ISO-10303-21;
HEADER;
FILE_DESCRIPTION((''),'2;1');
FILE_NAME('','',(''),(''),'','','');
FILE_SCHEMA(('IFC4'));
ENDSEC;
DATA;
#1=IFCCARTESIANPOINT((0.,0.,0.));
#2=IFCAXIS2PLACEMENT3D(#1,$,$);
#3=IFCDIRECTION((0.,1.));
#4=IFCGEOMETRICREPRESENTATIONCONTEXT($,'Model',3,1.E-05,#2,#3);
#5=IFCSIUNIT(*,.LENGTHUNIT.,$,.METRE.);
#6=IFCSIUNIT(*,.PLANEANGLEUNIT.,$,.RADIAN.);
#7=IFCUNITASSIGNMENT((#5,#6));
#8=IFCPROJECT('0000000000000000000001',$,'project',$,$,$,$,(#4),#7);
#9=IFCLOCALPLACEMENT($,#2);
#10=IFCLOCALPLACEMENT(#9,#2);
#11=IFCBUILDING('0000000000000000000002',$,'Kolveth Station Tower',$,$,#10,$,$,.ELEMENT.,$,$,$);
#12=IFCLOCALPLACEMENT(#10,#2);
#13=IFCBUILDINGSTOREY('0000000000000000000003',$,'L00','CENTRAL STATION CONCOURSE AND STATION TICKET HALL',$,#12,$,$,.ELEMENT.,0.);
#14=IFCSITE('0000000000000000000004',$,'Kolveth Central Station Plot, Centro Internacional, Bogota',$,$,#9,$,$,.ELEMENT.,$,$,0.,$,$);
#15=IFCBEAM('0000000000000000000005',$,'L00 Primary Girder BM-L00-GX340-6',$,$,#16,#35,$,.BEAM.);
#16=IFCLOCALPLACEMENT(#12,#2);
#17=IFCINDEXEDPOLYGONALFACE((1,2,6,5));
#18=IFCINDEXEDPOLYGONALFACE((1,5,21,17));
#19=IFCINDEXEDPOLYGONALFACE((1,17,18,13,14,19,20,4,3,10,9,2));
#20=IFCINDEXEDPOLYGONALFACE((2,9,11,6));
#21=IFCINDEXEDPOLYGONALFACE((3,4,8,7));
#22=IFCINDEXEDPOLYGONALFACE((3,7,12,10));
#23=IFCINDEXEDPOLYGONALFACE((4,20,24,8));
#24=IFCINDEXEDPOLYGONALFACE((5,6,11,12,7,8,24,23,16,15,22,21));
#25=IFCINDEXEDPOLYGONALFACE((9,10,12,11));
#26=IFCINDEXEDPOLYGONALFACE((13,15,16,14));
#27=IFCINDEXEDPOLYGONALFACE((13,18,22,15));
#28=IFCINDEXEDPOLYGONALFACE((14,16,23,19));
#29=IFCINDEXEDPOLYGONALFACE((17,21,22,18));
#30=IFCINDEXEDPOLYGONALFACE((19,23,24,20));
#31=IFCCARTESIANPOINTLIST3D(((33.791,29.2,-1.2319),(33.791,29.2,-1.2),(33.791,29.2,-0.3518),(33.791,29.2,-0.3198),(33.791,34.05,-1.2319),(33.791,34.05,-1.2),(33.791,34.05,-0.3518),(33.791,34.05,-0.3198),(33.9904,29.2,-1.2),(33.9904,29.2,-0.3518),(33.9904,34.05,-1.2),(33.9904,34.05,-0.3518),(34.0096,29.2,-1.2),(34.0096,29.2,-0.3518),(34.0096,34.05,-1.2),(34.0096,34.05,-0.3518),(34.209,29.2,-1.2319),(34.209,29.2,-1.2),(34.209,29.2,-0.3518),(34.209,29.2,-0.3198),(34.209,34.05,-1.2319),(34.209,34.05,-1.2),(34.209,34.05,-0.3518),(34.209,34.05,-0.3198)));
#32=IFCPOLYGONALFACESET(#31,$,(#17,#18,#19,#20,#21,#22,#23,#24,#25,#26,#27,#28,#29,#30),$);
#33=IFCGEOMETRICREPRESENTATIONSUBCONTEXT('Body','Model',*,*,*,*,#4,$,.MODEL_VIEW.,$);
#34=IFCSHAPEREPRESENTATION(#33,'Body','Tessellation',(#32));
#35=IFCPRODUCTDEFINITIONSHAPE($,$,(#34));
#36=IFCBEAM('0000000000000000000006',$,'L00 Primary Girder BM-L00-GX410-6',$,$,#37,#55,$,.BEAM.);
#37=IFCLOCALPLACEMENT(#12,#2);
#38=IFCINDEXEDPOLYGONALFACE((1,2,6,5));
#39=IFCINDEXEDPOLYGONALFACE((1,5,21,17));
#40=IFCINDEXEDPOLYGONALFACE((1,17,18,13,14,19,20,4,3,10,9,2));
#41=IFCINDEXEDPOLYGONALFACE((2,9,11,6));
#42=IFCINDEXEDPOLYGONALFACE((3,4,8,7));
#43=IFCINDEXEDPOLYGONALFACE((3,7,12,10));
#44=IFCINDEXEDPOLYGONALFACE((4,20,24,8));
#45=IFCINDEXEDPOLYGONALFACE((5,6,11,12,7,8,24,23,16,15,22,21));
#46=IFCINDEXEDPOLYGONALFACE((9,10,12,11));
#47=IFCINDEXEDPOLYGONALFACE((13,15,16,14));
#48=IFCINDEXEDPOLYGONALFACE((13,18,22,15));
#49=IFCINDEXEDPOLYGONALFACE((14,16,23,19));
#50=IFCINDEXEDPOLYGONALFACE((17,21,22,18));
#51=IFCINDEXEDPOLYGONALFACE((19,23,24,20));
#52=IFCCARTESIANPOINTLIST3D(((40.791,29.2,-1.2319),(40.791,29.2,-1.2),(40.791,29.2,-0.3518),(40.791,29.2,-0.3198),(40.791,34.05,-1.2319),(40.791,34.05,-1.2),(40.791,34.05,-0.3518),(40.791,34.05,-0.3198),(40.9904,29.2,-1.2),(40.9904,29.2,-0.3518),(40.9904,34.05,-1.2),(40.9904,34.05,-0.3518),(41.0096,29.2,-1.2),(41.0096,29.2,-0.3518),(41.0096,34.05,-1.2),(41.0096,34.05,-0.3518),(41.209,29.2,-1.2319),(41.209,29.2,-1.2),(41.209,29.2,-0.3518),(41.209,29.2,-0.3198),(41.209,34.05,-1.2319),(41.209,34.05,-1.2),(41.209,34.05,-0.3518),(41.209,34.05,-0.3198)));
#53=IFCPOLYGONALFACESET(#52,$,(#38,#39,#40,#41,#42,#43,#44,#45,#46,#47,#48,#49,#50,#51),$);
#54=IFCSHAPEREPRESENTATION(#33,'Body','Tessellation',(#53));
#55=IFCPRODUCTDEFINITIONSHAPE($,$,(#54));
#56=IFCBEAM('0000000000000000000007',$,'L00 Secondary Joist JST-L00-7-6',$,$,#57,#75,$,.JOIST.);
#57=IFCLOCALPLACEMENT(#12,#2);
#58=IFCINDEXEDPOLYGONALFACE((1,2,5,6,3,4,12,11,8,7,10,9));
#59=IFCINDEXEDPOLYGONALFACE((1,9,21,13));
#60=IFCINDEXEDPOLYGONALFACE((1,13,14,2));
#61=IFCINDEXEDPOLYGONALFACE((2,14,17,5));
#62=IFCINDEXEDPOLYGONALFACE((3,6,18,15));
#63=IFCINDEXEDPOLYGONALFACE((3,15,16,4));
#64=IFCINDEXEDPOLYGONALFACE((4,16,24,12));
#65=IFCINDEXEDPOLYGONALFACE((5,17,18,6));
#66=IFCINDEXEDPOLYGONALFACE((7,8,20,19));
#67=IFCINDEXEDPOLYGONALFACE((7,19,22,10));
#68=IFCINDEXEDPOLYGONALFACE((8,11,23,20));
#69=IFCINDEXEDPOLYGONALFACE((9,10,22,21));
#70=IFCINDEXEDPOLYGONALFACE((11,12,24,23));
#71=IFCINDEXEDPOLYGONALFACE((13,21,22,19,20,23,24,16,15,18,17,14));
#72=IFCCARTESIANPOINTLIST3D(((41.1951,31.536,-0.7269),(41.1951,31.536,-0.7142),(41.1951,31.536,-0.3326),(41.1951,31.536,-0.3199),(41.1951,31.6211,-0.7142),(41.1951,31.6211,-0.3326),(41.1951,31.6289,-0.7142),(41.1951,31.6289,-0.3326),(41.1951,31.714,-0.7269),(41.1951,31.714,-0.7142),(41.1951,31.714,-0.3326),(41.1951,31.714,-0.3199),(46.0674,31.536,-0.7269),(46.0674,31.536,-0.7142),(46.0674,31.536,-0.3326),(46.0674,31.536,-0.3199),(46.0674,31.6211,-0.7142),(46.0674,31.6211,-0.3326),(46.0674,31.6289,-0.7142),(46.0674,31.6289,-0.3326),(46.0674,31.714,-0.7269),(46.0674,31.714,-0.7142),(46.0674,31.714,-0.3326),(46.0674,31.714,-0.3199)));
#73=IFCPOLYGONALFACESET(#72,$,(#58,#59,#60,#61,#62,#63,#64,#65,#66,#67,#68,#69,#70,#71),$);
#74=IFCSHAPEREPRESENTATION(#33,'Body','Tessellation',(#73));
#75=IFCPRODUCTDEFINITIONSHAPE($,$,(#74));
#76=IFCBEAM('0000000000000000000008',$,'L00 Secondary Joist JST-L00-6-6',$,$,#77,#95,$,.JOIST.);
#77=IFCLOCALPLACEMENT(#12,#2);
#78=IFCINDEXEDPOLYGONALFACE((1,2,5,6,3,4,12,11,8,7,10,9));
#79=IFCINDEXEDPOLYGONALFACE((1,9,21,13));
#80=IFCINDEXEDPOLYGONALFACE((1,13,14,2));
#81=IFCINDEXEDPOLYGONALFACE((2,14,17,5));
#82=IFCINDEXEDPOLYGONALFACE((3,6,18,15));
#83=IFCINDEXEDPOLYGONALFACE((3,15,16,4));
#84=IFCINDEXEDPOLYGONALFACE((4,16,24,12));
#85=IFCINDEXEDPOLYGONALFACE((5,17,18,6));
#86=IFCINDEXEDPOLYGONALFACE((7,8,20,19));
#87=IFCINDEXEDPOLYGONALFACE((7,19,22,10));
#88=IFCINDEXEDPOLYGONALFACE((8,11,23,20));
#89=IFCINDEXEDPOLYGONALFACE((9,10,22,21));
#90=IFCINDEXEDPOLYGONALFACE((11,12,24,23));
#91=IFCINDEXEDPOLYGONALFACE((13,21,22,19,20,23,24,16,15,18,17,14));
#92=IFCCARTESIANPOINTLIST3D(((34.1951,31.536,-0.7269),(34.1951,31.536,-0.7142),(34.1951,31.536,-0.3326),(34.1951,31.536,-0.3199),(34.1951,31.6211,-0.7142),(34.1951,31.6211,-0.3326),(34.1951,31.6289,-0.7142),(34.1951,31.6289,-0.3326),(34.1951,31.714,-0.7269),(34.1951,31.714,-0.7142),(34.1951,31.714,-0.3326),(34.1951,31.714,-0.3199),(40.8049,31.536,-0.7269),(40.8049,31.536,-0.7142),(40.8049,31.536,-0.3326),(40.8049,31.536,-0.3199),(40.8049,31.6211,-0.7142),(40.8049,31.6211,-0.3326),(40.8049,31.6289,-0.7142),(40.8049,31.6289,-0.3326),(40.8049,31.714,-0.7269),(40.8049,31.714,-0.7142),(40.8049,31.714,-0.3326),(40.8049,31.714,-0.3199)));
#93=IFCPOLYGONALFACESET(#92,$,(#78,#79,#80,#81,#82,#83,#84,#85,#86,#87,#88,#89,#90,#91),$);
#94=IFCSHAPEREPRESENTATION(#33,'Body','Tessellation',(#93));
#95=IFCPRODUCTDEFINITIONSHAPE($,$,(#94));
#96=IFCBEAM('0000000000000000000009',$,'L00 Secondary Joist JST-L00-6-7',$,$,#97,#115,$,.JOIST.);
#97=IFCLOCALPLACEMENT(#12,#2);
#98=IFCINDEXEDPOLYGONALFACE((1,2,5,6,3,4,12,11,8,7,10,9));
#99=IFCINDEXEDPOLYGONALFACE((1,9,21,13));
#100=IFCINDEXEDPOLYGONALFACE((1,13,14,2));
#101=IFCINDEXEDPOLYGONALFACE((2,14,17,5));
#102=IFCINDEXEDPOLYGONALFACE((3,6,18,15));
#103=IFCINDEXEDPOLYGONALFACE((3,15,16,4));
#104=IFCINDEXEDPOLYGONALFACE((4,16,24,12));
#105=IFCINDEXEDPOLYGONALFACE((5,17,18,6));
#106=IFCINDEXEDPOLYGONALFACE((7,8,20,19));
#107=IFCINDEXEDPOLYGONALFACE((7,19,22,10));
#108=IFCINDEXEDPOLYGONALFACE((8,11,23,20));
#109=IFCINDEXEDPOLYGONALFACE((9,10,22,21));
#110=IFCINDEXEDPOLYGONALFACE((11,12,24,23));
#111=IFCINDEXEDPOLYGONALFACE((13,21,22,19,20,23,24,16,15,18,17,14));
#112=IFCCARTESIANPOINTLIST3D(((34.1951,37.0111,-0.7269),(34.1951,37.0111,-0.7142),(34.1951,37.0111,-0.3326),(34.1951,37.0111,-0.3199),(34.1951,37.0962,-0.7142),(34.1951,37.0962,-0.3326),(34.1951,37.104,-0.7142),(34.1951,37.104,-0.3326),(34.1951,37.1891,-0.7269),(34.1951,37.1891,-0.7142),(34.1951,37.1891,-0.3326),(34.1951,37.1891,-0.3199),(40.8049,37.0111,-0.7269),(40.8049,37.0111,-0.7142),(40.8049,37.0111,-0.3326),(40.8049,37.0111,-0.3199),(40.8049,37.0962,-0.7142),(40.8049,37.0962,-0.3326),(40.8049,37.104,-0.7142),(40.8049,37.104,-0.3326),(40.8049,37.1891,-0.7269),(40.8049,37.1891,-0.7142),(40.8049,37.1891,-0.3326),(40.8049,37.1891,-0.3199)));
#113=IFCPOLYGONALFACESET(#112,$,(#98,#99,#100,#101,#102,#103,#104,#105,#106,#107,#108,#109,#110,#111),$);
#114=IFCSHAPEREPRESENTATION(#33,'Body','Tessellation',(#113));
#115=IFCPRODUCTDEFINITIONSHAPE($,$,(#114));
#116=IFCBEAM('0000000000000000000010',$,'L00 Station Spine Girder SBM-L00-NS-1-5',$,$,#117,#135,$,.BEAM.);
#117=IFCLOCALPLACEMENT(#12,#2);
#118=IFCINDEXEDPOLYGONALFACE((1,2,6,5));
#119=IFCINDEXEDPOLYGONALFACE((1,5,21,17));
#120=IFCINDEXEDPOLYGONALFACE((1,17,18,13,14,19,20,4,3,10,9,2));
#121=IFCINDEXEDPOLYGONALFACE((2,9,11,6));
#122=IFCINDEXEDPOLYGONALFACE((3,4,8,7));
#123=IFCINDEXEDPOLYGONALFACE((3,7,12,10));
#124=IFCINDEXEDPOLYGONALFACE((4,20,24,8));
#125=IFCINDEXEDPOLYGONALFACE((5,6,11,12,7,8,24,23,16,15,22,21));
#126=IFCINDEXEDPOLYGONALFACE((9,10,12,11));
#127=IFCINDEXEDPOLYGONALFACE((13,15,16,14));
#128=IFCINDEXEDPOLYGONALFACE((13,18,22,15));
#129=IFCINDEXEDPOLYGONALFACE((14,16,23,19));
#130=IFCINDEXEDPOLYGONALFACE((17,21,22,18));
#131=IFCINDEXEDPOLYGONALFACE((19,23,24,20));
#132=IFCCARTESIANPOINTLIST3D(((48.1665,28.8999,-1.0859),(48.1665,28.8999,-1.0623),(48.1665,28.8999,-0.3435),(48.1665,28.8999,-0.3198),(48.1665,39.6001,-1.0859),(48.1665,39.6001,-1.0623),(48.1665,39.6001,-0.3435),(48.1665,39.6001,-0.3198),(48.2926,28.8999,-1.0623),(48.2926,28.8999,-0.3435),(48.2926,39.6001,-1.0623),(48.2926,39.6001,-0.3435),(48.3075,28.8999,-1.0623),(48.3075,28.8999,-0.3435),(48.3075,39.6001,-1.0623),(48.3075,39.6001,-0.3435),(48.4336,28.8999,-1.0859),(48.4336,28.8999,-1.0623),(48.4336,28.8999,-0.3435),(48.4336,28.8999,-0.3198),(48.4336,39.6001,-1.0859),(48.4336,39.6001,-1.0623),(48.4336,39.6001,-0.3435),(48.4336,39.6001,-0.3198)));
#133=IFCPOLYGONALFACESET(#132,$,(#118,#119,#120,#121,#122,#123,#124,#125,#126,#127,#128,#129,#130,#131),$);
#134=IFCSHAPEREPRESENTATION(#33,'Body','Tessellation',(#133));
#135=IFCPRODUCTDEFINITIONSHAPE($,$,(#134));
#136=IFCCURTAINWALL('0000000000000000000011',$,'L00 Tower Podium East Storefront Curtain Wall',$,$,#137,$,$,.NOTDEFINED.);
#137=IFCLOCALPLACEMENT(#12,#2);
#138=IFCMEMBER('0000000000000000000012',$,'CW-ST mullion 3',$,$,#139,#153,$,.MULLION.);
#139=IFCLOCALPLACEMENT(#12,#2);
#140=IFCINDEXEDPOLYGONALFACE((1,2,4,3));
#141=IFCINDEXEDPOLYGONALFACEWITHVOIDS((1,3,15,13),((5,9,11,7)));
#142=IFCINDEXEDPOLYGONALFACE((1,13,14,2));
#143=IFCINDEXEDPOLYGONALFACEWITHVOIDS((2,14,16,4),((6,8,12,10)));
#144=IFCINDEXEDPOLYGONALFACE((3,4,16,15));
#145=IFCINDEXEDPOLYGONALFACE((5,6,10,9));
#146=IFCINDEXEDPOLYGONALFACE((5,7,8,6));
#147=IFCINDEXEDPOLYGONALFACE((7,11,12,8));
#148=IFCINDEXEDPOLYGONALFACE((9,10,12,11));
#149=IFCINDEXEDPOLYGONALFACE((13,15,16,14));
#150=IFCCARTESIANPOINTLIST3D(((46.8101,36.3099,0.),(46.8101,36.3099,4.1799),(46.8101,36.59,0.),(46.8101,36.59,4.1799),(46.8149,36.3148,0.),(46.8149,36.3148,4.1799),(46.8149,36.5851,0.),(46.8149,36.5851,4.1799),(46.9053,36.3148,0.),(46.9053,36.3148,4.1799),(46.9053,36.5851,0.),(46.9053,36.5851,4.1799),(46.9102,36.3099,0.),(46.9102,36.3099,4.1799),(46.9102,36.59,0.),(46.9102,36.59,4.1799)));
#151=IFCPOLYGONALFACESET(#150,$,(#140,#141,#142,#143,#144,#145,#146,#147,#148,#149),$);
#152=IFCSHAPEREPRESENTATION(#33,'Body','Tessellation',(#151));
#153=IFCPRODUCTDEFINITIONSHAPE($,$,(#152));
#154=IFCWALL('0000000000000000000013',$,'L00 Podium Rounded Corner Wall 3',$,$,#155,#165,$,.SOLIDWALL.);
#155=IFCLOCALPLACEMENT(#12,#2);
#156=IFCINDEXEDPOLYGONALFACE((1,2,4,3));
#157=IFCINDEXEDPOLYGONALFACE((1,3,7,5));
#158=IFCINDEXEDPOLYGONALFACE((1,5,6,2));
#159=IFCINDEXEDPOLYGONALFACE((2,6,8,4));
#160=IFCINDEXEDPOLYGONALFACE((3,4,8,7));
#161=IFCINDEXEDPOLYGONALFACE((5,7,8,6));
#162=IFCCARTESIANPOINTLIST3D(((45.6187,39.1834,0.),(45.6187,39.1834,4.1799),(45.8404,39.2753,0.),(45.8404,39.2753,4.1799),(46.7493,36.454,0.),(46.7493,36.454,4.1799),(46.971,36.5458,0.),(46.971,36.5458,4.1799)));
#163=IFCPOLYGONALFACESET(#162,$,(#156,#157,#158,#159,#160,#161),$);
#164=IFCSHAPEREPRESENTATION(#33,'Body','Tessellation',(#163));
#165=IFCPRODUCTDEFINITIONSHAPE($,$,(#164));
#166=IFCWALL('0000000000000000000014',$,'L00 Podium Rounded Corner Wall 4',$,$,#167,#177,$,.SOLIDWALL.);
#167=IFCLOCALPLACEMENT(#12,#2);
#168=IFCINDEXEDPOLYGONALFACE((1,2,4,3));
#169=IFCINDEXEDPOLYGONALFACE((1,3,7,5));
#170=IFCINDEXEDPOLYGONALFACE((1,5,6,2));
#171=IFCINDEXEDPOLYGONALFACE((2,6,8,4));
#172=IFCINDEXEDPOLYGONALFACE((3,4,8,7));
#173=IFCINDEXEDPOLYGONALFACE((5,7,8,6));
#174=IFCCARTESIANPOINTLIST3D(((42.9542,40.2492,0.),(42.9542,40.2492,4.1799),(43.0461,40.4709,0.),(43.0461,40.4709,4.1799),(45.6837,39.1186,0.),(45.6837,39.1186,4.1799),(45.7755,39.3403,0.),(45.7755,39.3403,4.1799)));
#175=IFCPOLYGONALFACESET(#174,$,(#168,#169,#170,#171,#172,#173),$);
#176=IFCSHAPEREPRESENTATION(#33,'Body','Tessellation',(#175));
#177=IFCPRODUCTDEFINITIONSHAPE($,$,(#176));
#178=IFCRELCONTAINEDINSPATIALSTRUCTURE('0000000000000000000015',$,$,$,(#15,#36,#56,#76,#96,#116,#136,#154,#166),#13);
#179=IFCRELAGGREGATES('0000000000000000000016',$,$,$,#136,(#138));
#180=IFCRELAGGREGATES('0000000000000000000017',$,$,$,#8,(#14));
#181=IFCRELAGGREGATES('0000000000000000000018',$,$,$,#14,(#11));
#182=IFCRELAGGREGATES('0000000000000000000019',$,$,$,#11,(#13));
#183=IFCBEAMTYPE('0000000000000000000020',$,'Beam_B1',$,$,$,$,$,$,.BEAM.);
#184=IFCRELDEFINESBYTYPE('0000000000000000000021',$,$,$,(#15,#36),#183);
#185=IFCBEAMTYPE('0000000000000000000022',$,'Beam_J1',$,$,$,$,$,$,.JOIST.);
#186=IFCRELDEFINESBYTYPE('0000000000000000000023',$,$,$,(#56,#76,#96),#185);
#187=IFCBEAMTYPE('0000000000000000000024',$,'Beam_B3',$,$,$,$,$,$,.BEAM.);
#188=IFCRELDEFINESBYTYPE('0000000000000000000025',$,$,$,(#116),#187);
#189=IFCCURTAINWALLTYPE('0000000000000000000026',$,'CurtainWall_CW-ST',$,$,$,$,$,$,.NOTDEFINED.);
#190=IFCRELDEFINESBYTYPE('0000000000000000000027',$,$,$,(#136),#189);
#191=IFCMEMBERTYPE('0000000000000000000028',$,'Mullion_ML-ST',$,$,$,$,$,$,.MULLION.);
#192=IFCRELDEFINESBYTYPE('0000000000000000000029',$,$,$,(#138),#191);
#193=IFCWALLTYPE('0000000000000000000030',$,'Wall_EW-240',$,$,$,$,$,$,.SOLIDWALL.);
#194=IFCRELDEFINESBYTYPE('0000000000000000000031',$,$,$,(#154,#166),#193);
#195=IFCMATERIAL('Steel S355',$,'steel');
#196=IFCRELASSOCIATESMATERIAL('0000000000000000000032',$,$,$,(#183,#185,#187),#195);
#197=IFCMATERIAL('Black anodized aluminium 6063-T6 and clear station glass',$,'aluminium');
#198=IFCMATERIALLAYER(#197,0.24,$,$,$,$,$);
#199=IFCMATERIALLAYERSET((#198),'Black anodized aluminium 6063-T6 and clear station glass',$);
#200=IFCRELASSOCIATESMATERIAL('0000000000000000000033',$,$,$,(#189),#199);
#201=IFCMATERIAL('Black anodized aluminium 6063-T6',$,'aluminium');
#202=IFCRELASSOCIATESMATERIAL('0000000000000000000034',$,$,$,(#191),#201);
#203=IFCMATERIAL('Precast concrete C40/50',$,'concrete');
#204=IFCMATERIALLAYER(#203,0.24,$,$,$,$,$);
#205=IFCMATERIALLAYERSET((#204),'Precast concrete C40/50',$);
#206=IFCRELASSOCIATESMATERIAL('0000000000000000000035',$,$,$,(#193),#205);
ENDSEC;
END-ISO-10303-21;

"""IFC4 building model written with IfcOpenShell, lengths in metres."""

from ifc_helpers import new_model, si_unit, direction, frame, frame_2d, origin, origin_2d, place, context, subcontext, project, spatial, rectangle, hollow_rectangle, i_section, extrude, source, transform, mapped, material, layer, layer_set, material_profile, profile_set, type_object, element, aggregate, save


model = new_model("IFC4")

# Units and contexts
model_context = context("Model", 3, precision=1e-05, world=origin(), true_north=direction((0.0, 1.0)))
body_context = subcontext(model_context, "Body", "Model", "MODEL_VIEW")
ifc_project = project(units=[si_unit("LENGTHUNIT", "METRE"), si_unit("PLANEANGLEUNIT", "RADIAN")], contexts=[model_context])

# Site, building, storey
site_placement = place(None, origin())
site = spatial("IfcSite", under=ifc_project, at=site_placement, Name="Kolveth Central Station Plot, Centro Internacional, Bogota", CompositionType="ELEMENT", RefElevation=0.0)
building_placement = place(site_placement, origin())
building = spatial("IfcBuilding", under=site, at=building_placement, Name="Kolveth Station Tower", CompositionType="ELEMENT")
storey_placement = place(building_placement, origin())
storey = spatial("IfcBuildingStorey", under=building, at=storey_placement, Name="L00", Description="CENTRAL STATION CONCOURSE AND STATION TICKET HALL", CompositionType="ELEMENT", Elevation=0.0)

# Shared definitions
ifc_material_1 = material(Name="Steel S355", Category="steel")

# Beams
ifc_material_profile_1 = material_profile(ifc_material_1, i_section(OverallWidth=0.418, OverallDepth=0.9121, WebThickness=0.0193, FlangeThickness=0.032, at=origin_2d()), Name="W920x342")
ifc_profile_set_1 = profile_set([ifc_material_profile_1], Name="Steel S355")
beam_type_1 = type_object("IfcBeamType", Name="Beam_B1", PredefinedType="BEAM", material=ifc_profile_set_1)
shared_shape_1 = source(origin(), body_context, "Body", "SweptSolid", [
    extrude(i_section(OverallWidth=0.418, OverallDepth=0.9121, WebThickness=0.0193, FlangeThickness=0.032, at=origin_2d()), origin(), (0.0, 0.0, 1.0), 4.8501),
])
for number, where, z_axis, x_axis, name in (
    (1, (34.0, 29.2, -0.7759), (0.0, 1.0, 0.0), (-1.0, 0.0, 0.0), "L00 Primary Girder BM-L00-GX340-6"),
    (2, (41.0, 29.2, -0.7759), (0.0, 1.0, 0.0), (-1.0, 0.0, 0.0), "L00 Primary Girder BM-L00-GX410-6"),
):
    element("IfcBeam", number, at=place(storey_placement, frame(where, z_axis=z_axis, x_axis=x_axis)), inside=storey, type_object=beam_type_1, Name=name, PredefinedType="BEAM", context=body_context, shape_type="MappedRepresentation", body=[
        mapped(shared_shape_1, transform((0.0, 0.0, 0.0), x_axis=(1.0, 0.0, 0.0), y_axis=(0.0, 1.0, 0.0), z_axis=(0.0, 0.0, 1.0), scale=1.0)),
    ])
ifc_material_profile_2 = material_profile(ifc_material_1, i_section(OverallWidth=0.178, OverallDepth=0.407, WebThickness=0.0078, FlangeThickness=0.0127, at=origin_2d()), Name="W410x60")
ifc_profile_set_2 = profile_set([ifc_material_profile_2], Name="Steel S355")
beam_type_2 = type_object("IfcBeamType", Name="Beam_J1", PredefinedType="JOIST", material=ifc_profile_set_2)
shared_shape_2 = source(origin(), body_context, "Body", "SweptSolid", [
    extrude(i_section(OverallWidth=0.178, OverallDepth=0.407, WebThickness=0.0078, FlangeThickness=0.0127, at=origin_2d()), origin(), (0.0, 0.0, 1.0), 4.8723),
])
beam_1_placement = place(storey_placement, frame((41.1951, 31.625, -0.5234), z_axis=(1.0, 0.0, 0.0), x_axis=(0.0, 1.0, 0.0)))
element("IfcBeam", 3, at=beam_1_placement, inside=storey, type_object=beam_type_2, Name="L00 Secondary Joist JST-L00-7-6", PredefinedType="JOIST", context=body_context, shape_type="MappedRepresentation", body=[
    mapped(shared_shape_2, transform((0.0, 0.0, 0.0), x_axis=(1.0, 0.0, 0.0), y_axis=(0.0, 1.0, 0.0), z_axis=(0.0, 0.0, 1.0), scale=1.0)),
])
shared_shape_3 = source(origin(), body_context, "Body", "SweptSolid", [
    extrude(i_section(OverallWidth=0.178, OverallDepth=0.407, WebThickness=0.0078, FlangeThickness=0.0127, at=origin_2d()), origin(), (0.0, 0.0, 1.0), 6.6099),
])
for number, where, z_axis, x_axis, name in (
    (4, (34.1951, 31.625, -0.5234), (1.0, 0.0, 0.0), (0.0, 1.0, 0.0), "L00 Secondary Joist JST-L00-6-6"),
    (5, (34.1951, 37.1001, -0.5234), (1.0, 0.0, 0.0), (0.0, 1.0, 0.0), "L00 Secondary Joist JST-L00-6-7"),
):
    element("IfcBeam", number, at=place(storey_placement, frame(where, z_axis=z_axis, x_axis=x_axis)), inside=storey, type_object=beam_type_2, Name=name, PredefinedType="JOIST", context=body_context, shape_type="MappedRepresentation", body=[
        mapped(shared_shape_3, transform((0.0, 0.0, 0.0), x_axis=(1.0, 0.0, 0.0), y_axis=(0.0, 1.0, 0.0), z_axis=(0.0, 0.0, 1.0), scale=1.0)),
    ])
ifc_material_profile_3 = material_profile(ifc_material_1, i_section(OverallWidth=0.2671, OverallDepth=0.7661, WebThickness=0.0149, FlangeThickness=0.0237, at=origin_2d()), Name="W760x185")
ifc_profile_set_3 = profile_set([ifc_material_profile_3], Name="Steel S355")
beam_type_3 = type_object("IfcBeamType", Name="Beam_B3", PredefinedType="BEAM", material=ifc_profile_set_3)
shared_shape_4 = source(origin(), body_context, "Body", "SweptSolid", [
    extrude(i_section(OverallWidth=0.2671, OverallDepth=0.7661, WebThickness=0.0149, FlangeThickness=0.0237, at=origin_2d()), origin(), (0.0, 0.0, 1.0), 10.7002),
])
beam_2_placement = place(storey_placement, frame((48.3, 28.8999, -0.7029), z_axis=(0.0, 1.0, 0.0), x_axis=(-1.0, 0.0, 0.0)))
element("IfcBeam", 6, at=beam_2_placement, inside=storey, type_object=beam_type_3, Name="L00 Station Spine Girder SBM-L00-NS-1-5", PredefinedType="BEAM", context=body_context, shape_type="MappedRepresentation", body=[
    mapped(shared_shape_4, transform((0.0, 0.0, 0.0), x_axis=(1.0, 0.0, 0.0), y_axis=(0.0, 1.0, 0.0), z_axis=(0.0, 0.0, 1.0), scale=1.0)),
])

# Curtain wall, member
ifc_material_2 = material(Name="Black anodized aluminium 6063-T6 and clear station glass", Category="aluminium")
ifc_layer_1 = layer(ifc_material_2, 0.24)
ifc_layer_set_1 = layer_set([ifc_layer_1], Name="Black anodized aluminium 6063-T6 and clear station glass")
curtain_wall_type = type_object("IfcCurtainWallType", Name="CurtainWall_CW-ST", PredefinedType="NOTDEFINED", material=ifc_layer_set_1)
curtain_wall_placement = place(storey_placement, origin())
curtain_wall = element("IfcCurtainWall", 7, at=curtain_wall_placement, inside=storey, type_object=curtain_wall_type, Name="L00 Tower Podium East Storefront Curtain Wall", PredefinedType="NOTDEFINED")
ifc_material_3 = material(Name="Black anodized aluminium 6063-T6", Category="aluminium")
ifc_material_profile_4 = material_profile(ifc_material_3, hollow_rectangle(XDim=0.1001, YDim=0.28, WallThickness=0.0049, at=origin_2d()), Name="ALU-100x280x5")
ifc_profile_set_4 = profile_set([ifc_material_profile_4], Name="Black anodized aluminium 6063-T6")
member_type = type_object("IfcMemberType", Name="Mullion_ML-ST", PredefinedType="MULLION", material=ifc_profile_set_4)
shared_shape_5 = source(origin(), body_context, "Body", "SweptSolid", [
    extrude(hollow_rectangle(XDim=0.1001, YDim=0.28, WallThickness=0.0049, at=origin_2d()), origin(), (0.0, 0.0, 1.0), 4.1799),
])
member_placement = place(storey_placement, frame((46.8601, 36.45, 0.0), z_axis=(0.0, 0.0, 1.0), x_axis=(-1.0, 0.0, 0.0)))
member = element("IfcMember", 8, at=member_placement, type_object=member_type, Name="CW-ST mullion 3", PredefinedType="MULLION", context=body_context, shape_type="MappedRepresentation", body=[
    mapped(shared_shape_5, transform((0.0, 0.0, 0.0), x_axis=(1.0, 0.0, 0.0), y_axis=(0.0, 1.0, 0.0), z_axis=(0.0, 0.0, 1.0), scale=1.0)),
])
aggregate(curtain_wall, [member])

# Walls
ifc_material_4 = material(Name="Precast concrete C40/50", Category="concrete")
ifc_layer_2 = layer(ifc_material_4, 0.24)
ifc_layer_set_2 = layer_set([ifc_layer_2], Name="Precast concrete C40/50")
wall_type_1 = type_object("IfcWallType", Name="Wall_EW-240", PredefinedType="SOLIDWALL", material=ifc_layer_set_2)
for number, where, z_axis, x_axis, name in (
    (9, (46.8601, 36.5, 0.0), (0.0, 0.0, 1.0), (-0.38269, 0.923877, 0.0), "L00 Podium Rounded Corner Wall 3"),
    (10, (45.7295, 39.2295, 0.0), (0.0, 0.0, 1.0), (-0.923877, 0.38269, 0.0), "L00 Podium Rounded Corner Wall 4"),
):
    element("IfcWall", number, at=place(storey_placement, frame(where, z_axis=z_axis, x_axis=x_axis)), inside=storey, type_object=wall_type_1, Name=name, PredefinedType="SOLIDWALL", context=body_context, shape_type="SweptSolid", body=[
        extrude(rectangle(XDim=2.9543, YDim=0.24, at=frame_2d((1.4771, 0.0))), origin(), (0.0, 0.0, 1.0), 4.1799),
    ])

save(model, "model.ifc")
